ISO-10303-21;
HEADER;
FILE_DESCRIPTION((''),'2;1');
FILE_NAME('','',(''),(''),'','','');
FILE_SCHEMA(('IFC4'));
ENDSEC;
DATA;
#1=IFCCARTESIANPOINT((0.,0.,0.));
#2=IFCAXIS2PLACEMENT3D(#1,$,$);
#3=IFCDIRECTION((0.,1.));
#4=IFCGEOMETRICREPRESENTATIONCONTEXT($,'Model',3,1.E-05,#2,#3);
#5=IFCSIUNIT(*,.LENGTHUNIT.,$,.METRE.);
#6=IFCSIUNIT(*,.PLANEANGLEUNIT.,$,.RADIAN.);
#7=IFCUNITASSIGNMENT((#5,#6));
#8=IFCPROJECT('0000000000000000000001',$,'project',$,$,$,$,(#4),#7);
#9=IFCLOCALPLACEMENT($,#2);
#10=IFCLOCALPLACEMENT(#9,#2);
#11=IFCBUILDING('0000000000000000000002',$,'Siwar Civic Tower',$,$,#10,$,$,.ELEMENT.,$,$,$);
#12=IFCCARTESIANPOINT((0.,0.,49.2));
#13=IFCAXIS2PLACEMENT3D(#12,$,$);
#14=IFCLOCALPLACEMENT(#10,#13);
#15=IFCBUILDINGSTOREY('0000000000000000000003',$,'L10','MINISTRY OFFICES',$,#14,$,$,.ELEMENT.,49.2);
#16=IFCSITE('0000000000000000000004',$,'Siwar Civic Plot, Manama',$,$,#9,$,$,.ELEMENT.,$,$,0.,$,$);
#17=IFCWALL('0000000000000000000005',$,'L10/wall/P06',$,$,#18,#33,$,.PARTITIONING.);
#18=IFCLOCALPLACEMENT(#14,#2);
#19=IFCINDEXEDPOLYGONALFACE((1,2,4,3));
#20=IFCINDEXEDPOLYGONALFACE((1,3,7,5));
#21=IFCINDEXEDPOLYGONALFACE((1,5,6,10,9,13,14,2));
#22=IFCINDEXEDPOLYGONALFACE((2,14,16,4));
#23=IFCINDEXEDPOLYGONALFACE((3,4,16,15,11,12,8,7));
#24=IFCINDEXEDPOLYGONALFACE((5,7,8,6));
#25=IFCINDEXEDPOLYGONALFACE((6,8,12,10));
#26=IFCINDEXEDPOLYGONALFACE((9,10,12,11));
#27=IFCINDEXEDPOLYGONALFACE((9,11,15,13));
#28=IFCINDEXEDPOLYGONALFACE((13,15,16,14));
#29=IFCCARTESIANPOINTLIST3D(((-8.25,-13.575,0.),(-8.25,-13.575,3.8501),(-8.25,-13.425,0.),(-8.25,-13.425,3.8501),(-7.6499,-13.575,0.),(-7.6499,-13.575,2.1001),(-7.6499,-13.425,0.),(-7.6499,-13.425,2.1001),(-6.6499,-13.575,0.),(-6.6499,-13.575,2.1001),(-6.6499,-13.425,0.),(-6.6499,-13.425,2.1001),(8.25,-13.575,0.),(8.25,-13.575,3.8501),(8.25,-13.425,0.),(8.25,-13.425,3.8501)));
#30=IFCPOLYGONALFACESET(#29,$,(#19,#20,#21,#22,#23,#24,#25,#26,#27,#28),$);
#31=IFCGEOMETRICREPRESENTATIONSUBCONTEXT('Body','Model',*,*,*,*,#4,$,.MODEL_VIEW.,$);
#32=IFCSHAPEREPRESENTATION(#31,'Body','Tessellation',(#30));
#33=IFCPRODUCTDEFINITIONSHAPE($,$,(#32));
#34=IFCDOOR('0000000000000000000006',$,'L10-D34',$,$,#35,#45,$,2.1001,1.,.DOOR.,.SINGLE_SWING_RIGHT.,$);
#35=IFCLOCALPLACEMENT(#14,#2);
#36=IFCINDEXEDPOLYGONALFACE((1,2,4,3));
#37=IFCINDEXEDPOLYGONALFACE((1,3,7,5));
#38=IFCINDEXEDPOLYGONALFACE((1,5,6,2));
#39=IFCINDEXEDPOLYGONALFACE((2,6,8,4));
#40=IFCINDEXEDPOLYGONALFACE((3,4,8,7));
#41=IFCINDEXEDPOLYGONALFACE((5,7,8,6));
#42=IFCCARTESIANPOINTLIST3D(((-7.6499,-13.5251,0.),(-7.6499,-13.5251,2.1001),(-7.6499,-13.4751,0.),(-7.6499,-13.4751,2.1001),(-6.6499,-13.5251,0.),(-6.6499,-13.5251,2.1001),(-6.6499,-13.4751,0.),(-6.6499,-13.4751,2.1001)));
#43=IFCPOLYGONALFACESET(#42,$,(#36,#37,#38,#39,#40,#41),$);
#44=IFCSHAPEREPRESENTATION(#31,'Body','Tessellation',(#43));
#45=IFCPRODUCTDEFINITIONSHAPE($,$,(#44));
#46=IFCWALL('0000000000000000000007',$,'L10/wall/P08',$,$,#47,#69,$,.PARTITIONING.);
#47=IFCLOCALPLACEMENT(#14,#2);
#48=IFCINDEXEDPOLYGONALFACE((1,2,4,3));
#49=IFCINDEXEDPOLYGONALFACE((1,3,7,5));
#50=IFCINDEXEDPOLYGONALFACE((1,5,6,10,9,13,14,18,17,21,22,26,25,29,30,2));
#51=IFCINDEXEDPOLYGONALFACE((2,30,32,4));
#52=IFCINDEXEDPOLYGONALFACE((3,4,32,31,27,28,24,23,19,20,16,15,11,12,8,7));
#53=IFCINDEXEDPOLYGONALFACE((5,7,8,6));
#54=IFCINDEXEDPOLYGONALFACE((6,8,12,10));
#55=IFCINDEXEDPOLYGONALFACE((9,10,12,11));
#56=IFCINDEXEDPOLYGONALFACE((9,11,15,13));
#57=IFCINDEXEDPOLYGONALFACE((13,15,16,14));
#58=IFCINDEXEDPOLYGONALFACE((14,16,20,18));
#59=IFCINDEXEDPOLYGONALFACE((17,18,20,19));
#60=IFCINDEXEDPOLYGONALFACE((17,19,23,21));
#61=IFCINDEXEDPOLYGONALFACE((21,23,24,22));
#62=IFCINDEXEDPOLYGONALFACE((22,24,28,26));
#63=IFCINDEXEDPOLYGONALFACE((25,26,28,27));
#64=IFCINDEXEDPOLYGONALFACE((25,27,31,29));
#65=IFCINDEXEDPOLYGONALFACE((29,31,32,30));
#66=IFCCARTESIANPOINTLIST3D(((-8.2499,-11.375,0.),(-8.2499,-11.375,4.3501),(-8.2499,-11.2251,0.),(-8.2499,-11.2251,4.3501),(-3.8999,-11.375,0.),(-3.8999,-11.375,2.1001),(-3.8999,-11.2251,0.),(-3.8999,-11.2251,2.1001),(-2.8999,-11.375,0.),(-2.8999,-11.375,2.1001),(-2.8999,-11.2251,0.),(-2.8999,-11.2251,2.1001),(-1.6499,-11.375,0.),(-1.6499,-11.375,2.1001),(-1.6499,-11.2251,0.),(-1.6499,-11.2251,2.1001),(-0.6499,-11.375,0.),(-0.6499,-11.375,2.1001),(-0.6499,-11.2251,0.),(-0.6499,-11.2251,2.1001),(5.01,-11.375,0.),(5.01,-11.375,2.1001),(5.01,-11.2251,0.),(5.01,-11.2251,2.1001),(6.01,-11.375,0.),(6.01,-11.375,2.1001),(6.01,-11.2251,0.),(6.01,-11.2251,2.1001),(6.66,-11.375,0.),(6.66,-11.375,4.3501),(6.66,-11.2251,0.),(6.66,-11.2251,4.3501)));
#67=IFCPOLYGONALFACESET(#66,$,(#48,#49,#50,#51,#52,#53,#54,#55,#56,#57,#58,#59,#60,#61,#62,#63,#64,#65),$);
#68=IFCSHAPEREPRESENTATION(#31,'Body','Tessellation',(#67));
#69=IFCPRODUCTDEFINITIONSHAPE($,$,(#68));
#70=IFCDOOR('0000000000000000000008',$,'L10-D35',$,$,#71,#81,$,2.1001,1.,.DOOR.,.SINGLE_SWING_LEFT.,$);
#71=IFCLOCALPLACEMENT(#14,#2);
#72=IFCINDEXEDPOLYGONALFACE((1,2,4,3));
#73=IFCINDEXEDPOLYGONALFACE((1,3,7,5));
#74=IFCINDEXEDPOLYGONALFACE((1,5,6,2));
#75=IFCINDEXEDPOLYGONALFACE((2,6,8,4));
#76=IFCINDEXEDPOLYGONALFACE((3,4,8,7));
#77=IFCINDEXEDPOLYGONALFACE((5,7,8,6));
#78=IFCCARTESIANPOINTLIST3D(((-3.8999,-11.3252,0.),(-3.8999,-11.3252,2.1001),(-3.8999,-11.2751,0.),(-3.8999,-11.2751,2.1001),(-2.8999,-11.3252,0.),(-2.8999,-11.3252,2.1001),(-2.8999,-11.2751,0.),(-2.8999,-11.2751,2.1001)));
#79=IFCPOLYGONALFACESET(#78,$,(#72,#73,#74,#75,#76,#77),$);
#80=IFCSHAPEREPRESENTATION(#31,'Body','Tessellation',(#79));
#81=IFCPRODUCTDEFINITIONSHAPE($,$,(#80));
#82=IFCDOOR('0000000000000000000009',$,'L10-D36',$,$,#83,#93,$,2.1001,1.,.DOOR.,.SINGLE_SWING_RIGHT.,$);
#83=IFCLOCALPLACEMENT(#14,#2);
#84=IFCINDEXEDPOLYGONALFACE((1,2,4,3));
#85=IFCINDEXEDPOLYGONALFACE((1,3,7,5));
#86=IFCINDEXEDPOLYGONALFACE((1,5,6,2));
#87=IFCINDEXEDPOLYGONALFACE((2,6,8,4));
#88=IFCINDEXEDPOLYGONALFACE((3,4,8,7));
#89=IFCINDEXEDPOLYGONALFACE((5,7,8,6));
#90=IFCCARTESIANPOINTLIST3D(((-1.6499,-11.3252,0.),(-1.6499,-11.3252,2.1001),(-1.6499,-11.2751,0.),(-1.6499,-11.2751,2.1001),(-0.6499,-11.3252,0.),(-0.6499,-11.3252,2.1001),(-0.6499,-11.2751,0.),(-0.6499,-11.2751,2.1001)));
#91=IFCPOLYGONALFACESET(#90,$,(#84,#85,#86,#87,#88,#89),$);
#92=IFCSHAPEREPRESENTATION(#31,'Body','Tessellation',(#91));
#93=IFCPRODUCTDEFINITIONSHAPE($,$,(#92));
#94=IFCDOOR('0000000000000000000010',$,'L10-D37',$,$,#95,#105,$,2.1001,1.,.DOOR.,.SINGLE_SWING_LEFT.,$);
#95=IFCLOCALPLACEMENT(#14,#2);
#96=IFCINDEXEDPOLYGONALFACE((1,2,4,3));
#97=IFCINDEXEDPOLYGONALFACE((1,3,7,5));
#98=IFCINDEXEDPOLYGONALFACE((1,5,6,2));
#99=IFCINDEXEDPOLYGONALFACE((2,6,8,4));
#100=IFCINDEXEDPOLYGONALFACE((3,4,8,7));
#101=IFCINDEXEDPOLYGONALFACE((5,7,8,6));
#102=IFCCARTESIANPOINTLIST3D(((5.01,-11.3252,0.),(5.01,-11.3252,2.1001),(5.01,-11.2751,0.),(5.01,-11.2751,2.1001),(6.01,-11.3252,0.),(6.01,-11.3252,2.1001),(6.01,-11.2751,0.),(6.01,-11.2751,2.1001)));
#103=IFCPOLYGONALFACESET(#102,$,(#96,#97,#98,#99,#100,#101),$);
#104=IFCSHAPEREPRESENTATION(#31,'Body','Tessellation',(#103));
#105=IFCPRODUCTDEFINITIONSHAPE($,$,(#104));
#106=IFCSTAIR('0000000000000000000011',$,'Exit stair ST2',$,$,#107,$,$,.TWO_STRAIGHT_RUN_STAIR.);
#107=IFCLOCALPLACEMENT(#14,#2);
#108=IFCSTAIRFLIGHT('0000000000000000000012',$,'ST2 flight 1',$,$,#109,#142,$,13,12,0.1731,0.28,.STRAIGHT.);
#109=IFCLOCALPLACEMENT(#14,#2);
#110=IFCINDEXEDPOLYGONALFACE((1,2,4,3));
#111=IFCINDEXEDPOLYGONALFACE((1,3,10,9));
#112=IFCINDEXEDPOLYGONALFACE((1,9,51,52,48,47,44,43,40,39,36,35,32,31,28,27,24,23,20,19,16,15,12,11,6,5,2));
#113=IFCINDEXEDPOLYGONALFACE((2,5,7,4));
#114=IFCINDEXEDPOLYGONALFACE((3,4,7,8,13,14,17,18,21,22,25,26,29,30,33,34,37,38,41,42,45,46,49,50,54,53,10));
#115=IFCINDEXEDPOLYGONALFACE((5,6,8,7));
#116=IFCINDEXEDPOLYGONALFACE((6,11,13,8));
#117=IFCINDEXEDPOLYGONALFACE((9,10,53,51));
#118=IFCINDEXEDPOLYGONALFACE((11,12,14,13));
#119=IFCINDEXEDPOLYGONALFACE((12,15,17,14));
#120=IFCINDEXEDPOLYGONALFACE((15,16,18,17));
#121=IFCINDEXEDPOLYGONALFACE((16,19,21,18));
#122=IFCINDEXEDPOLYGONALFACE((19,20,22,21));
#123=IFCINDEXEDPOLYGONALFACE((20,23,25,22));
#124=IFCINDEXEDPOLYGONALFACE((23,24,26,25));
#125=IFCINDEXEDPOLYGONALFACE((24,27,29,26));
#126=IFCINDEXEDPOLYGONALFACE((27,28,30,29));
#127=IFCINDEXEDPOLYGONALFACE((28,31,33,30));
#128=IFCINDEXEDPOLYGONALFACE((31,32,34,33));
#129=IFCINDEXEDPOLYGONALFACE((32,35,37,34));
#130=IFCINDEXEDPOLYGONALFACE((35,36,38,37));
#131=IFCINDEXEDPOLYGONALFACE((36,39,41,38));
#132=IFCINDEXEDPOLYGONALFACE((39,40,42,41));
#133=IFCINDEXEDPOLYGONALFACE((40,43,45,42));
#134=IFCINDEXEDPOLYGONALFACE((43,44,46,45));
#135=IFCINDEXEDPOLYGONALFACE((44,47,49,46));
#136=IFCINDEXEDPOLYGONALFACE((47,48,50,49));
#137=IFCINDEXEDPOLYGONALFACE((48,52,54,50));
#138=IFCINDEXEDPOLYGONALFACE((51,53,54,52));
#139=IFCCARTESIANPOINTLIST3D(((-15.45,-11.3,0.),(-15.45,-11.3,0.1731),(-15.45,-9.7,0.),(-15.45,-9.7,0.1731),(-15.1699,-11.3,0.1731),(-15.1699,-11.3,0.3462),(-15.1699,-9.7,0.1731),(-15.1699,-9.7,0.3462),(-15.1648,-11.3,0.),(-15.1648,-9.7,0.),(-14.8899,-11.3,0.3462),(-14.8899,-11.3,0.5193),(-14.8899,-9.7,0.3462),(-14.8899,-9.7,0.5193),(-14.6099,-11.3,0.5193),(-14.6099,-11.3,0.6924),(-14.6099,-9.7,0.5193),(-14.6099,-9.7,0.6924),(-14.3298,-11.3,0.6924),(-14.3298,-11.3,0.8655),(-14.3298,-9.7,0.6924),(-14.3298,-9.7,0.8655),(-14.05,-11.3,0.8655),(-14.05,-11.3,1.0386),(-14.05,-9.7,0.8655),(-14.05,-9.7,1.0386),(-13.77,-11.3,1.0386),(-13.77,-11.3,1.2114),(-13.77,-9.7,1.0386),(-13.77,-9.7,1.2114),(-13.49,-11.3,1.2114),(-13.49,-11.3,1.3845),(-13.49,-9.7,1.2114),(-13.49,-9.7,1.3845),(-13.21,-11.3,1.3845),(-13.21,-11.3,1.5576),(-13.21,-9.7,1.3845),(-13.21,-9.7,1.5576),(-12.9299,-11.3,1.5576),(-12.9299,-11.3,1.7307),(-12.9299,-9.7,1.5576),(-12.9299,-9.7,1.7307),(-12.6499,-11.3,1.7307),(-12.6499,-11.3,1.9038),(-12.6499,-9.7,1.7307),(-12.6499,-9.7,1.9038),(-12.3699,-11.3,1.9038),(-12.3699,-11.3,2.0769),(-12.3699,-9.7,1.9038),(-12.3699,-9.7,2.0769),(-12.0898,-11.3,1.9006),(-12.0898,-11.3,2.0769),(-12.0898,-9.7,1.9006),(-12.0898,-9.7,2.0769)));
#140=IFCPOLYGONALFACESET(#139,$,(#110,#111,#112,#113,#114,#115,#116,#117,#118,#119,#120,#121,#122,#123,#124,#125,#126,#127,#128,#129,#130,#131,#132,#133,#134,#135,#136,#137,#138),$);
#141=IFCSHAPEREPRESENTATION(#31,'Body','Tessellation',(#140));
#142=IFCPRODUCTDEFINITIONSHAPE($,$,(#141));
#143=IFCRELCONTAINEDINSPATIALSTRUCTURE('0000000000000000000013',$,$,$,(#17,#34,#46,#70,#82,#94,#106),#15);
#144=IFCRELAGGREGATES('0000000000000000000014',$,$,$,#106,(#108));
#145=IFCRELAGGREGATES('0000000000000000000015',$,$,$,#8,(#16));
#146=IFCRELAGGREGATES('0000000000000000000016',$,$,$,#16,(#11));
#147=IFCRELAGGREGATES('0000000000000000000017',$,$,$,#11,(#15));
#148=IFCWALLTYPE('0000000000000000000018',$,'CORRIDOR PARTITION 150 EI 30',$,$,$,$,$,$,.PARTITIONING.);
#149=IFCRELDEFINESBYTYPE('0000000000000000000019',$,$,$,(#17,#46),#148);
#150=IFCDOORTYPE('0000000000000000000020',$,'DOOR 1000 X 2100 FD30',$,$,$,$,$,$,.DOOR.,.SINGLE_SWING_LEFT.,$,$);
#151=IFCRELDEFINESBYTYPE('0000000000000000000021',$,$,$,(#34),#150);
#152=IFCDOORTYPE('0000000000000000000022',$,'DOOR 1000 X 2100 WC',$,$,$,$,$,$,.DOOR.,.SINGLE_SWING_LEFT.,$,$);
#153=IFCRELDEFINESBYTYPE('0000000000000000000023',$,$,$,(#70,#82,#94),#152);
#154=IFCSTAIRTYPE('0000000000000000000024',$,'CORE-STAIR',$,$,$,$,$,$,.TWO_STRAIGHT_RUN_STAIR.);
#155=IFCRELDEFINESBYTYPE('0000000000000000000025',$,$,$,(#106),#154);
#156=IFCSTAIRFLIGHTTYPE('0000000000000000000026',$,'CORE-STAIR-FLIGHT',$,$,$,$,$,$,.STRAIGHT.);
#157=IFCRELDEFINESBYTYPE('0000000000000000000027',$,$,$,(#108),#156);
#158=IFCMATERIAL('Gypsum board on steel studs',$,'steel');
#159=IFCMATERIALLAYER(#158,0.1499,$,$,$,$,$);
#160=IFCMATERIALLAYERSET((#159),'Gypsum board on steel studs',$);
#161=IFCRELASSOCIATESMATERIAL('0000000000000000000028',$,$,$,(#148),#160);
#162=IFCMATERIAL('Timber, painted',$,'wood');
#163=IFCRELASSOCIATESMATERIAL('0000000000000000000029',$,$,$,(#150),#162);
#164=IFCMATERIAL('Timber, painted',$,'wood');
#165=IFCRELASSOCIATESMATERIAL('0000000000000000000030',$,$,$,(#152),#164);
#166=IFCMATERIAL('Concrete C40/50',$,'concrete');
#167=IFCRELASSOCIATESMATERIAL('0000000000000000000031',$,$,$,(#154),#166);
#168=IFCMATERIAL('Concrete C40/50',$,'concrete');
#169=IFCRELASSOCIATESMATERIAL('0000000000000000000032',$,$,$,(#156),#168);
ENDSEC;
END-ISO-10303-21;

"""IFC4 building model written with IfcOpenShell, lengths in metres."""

from ifc_helpers import new_model, si_unit, direction, frame, frame_2d, origin, place, context, subcontext, project, spatial, polyline, rectangle, outline, extrude, material, layer, layer_set, type_object, element, fill, aggregate, save


model = new_model("IFC4")

# Units and contexts
model_context = context("Model", 3, precision=1e-05, world=origin(), true_north=direction((0.0, 1.0)))
body_context = subcontext(model_context, "Body", "Model", "MODEL_VIEW")
ifc_project = project(units=[si_unit("LENGTHUNIT", "METRE"), si_unit("PLANEANGLEUNIT", "RADIAN")], contexts=[model_context])

# Site, building, storey
site_placement = place(None, origin())
site = spatial("IfcSite", under=ifc_project, at=site_placement, Name="Siwar Civic Plot, Manama", CompositionType="ELEMENT", RefElevation=0.0)
building_placement = place(site_placement, origin())
building = spatial("IfcBuilding", under=site, at=building_placement, Name="Siwar Civic Tower", CompositionType="ELEMENT")
storey_placement = place(building_placement, frame((0.0, 0.0, 49.2)))
storey = spatial("IfcBuildingStorey", under=building, at=storey_placement, Name="L10", Description="MINISTRY OFFICES", CompositionType="ELEMENT", Elevation=49.2)

# Wall, opening, door
ifc_material_1 = material(Name="Gypsum board on steel studs", Category="steel")
ifc_layer_1 = layer(ifc_material_1, 0.1499)
ifc_layer_set_1 = layer_set([ifc_layer_1], Name="Gypsum board on steel studs")
wall_type_1 = type_object("IfcWallType", Name="CORRIDOR PARTITION 150 EI 30", PredefinedType="PARTITIONING", material=ifc_layer_set_1)
wall_1_placement = place(storey_placement, frame((-8.25, -13.5, 0.0), z_axis=(0.0, 0.0, 1.0), x_axis=(1.0, 0.0, 0.0)))
wall_1 = element("IfcWall", 1, at=wall_1_placement, inside=storey, type_object=wall_type_1, Name="L10/wall/P06", PredefinedType="PARTITIONING", context=body_context, shape_type="SweptSolid", body=[
    extrude(rectangle(XDim=16.5, YDim=0.1499, at=frame_2d((8.25, 0.0))), origin(), (0.0, 0.0, 1.0), 3.8501),
])
opening_1_placement = place(wall_1_placement, frame((0.6001, 0.0, 0.0)))
opening_1 = element("IfcOpeningElement", 2, at=opening_1_placement, cuts=wall_1, PredefinedType="OPENING", context=body_context, shape_type="SweptSolid", body=[
    extrude(rectangle(XDim=1.0, YDim=2.1001, at=frame_2d((0.5, 1.05))), frame((0.0, 0.085, 0.0), z_axis=(0.0, -1.0, 0.0), x_axis=(1.0, 0.0, 0.0)), (0.0, 0.0, 1.0), 0.1699),
])
ifc_material_2 = material(Name="Timber, painted", Category="wood")
door_type_1 = type_object("IfcDoorType", Name="DOOR 1000 X 2100 FD30", OperationType="SINGLE_SWING_LEFT", PredefinedType="DOOR", material=ifc_material_2)
door_1_placement = place(opening_1_placement, origin())
door_1 = element("IfcDoor", 3, at=door_1_placement, inside=storey, type_object=door_type_1, Name="L10-D34", OperationType="SINGLE_SWING_RIGHT", OverallHeight=2.1001, OverallWidth=1.0, PredefinedType="DOOR", context=body_context, shape_type="SweptSolid", body=[
    extrude(rectangle(XDim=1.0, YDim=2.1001, at=frame_2d((0.5, 1.05))), frame((0.0, 0.0249, 0.0), z_axis=(0.0, -1.0, 0.0), x_axis=(1.0, 0.0, 0.0)), (0.0, 0.0, 1.0), 0.05),
])
fill(opening_1, door_1)

# Wall, openings, doors
wall_2_placement = place(storey_placement, frame((-8.25, -11.3, 0.0), z_axis=(0.0, 0.0, 1.0), x_axis=(1.0, 0.0, 0.0)))
wall_2 = element("IfcWall", 4, at=wall_2_placement, inside=storey, type_object=wall_type_1, Name="L10/wall/P08", PredefinedType="PARTITIONING", context=body_context, shape_type="SweptSolid", body=[
    extrude(rectangle(XDim=14.9099, YDim=0.1499, at=frame_2d((7.4551, 0.0))), origin(), (0.0, 0.0, 1.0), 4.3501),
])
opening_2_placement = place(wall_2_placement, frame((4.3501, 0.0, 0.0)))
opening_2 = element("IfcOpeningElement", 5, at=opening_2_placement, cuts=wall_2, PredefinedType="OPENING", context=body_context, shape_type="SweptSolid", body=[
    extrude(rectangle(XDim=1.0, YDim=2.1001, at=frame_2d((0.5, 1.05))), frame((0.0, 0.085, 0.0), z_axis=(0.0, -1.0, 0.0), x_axis=(1.0, 0.0, 0.0)), (0.0, 0.0, 1.0), 0.1699),
])
opening_3_placement = place(wall_2_placement, frame((6.6001, 0.0, 0.0)))
opening_3 = element("IfcOpeningElement", 6, at=opening_3_placement, cuts=wall_2, PredefinedType="OPENING", context=body_context, shape_type="SweptSolid", body=[
    extrude(rectangle(XDim=1.0, YDim=2.1001, at=frame_2d((0.5, 1.05))), frame((0.0, 0.085, 0.0), z_axis=(0.0, -1.0, 0.0), x_axis=(1.0, 0.0, 0.0)), (0.0, 0.0, 1.0), 0.1699),
])
opening_4_placement = place(wall_2_placement, frame((13.26, 0.0, 0.0)))
opening_4 = element("IfcOpeningElement", 7, at=opening_4_placement, cuts=wall_2, PredefinedType="OPENING", context=body_context, shape_type="SweptSolid", body=[
    extrude(rectangle(XDim=1.0, YDim=2.1001, at=frame_2d((0.5, 1.05))), frame((0.0, 0.085, 0.0), z_axis=(0.0, -1.0, 0.0), x_axis=(1.0, 0.0, 0.0)), (0.0, 0.0, 1.0), 0.1699),
])
ifc_material_3 = material(Name="Timber, painted", Category="wood")
door_type_2 = type_object("IfcDoorType", Name="DOOR 1000 X 2100 WC", OperationType="SINGLE_SWING_LEFT", PredefinedType="DOOR", material=ifc_material_3)
door_2_placement = place(opening_2_placement, origin())
door_2 = element("IfcDoor", 8, at=door_2_placement, inside=storey, type_object=door_type_2, Name="L10-D35", OperationType="SINGLE_SWING_LEFT", OverallHeight=2.1001, OverallWidth=1.0, PredefinedType="DOOR", context=body_context, shape_type="SweptSolid", body=[
    extrude(rectangle(XDim=1.0, YDim=2.1001, at=frame_2d((0.5, 1.05))), frame((0.0, 0.0249, 0.0), z_axis=(0.0, -1.0, 0.0), x_axis=(1.0, 0.0, 0.0)), (0.0, 0.0, 1.0), 0.05),
])
fill(opening_2, door_2)
door_3_placement = place(opening_3_placement, origin())
door_3 = element("IfcDoor", 9, at=door_3_placement, inside=storey, type_object=door_type_2, Name="L10-D36", OperationType="SINGLE_SWING_RIGHT", OverallHeight=2.1001, OverallWidth=1.0, PredefinedType="DOOR", context=body_context, shape_type="SweptSolid", body=[
    extrude(rectangle(XDim=1.0, YDim=2.1001, at=frame_2d((0.5, 1.05))), frame((0.0, 0.0249, 0.0), z_axis=(0.0, -1.0, 0.0), x_axis=(1.0, 0.0, 0.0)), (0.0, 0.0, 1.0), 0.05),
])
fill(opening_3, door_3)
door_4_placement = place(opening_4_placement, origin())
door_4 = element("IfcDoor", 10, at=door_4_placement, inside=storey, type_object=door_type_2, Name="L10-D37", OperationType="SINGLE_SWING_LEFT", OverallHeight=2.1001, OverallWidth=1.0, PredefinedType="DOOR", context=body_context, shape_type="SweptSolid", body=[
    extrude(rectangle(XDim=1.0, YDim=2.1001, at=frame_2d((0.5, 1.05))), frame((0.0, 0.0249, 0.0), z_axis=(0.0, -1.0, 0.0), x_axis=(1.0, 0.0, 0.0)), (0.0, 0.0, 1.0), 0.05),
])
fill(opening_4, door_4)

# Stair, stair flight
ifc_material_4 = material(Name="Concrete C40/50", Category="concrete")
stair_type = type_object("IfcStairType", Name="CORE-STAIR", PredefinedType="TWO_STRAIGHT_RUN_STAIR", material=ifc_material_4)
stair_placement = place(storey_placement, origin())
stair = element("IfcStair", 11, at=stair_placement, inside=storey, type_object=stair_type, Name="Exit stair ST2", PredefinedType="TWO_STRAIGHT_RUN_STAIR")
ifc_material_5 = material(Name="Concrete C40/50", Category="concrete")
stair_flight_type = type_object("IfcStairFlightType", Name="CORE-STAIR-FLIGHT", PredefinedType="STRAIGHT", material=ifc_material_5)
stair_flight_1_placement = place(storey_placement, frame((-15.45, -10.5, 0.0), z_axis=(0.0, 0.0, 1.0), x_axis=(1.0, 0.0, 0.0)))
stair_flight_1 = element("IfcStairFlight", 12, at=stair_flight_1_placement, type_object=stair_flight_type, Name="ST2 flight 1", NumberOfRisers=13, NumberOfTreads=12, PredefinedType="STRAIGHT", RiserHeight=0.1731, TreadLength=0.28, context=body_context, shape_type="SweptSolid", body=[
    extrude(outline(polyline([(0.0, 0.0), (0.0, 0.1731), (0.28, 0.1731), (0.28, 0.3462), (0.5601, 0.3462), (0.5601, 0.5193), (0.8401, 0.5193), (0.8401, 0.6924), (1.1201, 0.6924), (1.1201, 0.8655), (1.3999, 0.8655), (1.3999, 1.0386), (1.6799, 1.0386), (1.6799, 1.2114), (1.96, 1.2114), (1.96, 1.3845), (2.24, 1.3845), (2.24, 1.5576), (2.52, 1.5576), (2.52, 1.7307), (2.8, 1.7307), (2.8, 1.9038), (3.0801, 1.9038), (3.0801, 2.0769), (3.3601, 2.0769), (3.3601, 2.25), (3.3601, 1.9006), (0.2852, 0.0), (0.0, 0.0)])), frame((0.0, 0.8, 0.0), z_axis=(0.0, -1.0, 0.0), x_axis=(1.0, 0.0, 0.0)), (0.0, 0.0, 1.0), 1.6001),
])
aggregate(stair, [stair_flight_1])

save(model, "model.ifc")
